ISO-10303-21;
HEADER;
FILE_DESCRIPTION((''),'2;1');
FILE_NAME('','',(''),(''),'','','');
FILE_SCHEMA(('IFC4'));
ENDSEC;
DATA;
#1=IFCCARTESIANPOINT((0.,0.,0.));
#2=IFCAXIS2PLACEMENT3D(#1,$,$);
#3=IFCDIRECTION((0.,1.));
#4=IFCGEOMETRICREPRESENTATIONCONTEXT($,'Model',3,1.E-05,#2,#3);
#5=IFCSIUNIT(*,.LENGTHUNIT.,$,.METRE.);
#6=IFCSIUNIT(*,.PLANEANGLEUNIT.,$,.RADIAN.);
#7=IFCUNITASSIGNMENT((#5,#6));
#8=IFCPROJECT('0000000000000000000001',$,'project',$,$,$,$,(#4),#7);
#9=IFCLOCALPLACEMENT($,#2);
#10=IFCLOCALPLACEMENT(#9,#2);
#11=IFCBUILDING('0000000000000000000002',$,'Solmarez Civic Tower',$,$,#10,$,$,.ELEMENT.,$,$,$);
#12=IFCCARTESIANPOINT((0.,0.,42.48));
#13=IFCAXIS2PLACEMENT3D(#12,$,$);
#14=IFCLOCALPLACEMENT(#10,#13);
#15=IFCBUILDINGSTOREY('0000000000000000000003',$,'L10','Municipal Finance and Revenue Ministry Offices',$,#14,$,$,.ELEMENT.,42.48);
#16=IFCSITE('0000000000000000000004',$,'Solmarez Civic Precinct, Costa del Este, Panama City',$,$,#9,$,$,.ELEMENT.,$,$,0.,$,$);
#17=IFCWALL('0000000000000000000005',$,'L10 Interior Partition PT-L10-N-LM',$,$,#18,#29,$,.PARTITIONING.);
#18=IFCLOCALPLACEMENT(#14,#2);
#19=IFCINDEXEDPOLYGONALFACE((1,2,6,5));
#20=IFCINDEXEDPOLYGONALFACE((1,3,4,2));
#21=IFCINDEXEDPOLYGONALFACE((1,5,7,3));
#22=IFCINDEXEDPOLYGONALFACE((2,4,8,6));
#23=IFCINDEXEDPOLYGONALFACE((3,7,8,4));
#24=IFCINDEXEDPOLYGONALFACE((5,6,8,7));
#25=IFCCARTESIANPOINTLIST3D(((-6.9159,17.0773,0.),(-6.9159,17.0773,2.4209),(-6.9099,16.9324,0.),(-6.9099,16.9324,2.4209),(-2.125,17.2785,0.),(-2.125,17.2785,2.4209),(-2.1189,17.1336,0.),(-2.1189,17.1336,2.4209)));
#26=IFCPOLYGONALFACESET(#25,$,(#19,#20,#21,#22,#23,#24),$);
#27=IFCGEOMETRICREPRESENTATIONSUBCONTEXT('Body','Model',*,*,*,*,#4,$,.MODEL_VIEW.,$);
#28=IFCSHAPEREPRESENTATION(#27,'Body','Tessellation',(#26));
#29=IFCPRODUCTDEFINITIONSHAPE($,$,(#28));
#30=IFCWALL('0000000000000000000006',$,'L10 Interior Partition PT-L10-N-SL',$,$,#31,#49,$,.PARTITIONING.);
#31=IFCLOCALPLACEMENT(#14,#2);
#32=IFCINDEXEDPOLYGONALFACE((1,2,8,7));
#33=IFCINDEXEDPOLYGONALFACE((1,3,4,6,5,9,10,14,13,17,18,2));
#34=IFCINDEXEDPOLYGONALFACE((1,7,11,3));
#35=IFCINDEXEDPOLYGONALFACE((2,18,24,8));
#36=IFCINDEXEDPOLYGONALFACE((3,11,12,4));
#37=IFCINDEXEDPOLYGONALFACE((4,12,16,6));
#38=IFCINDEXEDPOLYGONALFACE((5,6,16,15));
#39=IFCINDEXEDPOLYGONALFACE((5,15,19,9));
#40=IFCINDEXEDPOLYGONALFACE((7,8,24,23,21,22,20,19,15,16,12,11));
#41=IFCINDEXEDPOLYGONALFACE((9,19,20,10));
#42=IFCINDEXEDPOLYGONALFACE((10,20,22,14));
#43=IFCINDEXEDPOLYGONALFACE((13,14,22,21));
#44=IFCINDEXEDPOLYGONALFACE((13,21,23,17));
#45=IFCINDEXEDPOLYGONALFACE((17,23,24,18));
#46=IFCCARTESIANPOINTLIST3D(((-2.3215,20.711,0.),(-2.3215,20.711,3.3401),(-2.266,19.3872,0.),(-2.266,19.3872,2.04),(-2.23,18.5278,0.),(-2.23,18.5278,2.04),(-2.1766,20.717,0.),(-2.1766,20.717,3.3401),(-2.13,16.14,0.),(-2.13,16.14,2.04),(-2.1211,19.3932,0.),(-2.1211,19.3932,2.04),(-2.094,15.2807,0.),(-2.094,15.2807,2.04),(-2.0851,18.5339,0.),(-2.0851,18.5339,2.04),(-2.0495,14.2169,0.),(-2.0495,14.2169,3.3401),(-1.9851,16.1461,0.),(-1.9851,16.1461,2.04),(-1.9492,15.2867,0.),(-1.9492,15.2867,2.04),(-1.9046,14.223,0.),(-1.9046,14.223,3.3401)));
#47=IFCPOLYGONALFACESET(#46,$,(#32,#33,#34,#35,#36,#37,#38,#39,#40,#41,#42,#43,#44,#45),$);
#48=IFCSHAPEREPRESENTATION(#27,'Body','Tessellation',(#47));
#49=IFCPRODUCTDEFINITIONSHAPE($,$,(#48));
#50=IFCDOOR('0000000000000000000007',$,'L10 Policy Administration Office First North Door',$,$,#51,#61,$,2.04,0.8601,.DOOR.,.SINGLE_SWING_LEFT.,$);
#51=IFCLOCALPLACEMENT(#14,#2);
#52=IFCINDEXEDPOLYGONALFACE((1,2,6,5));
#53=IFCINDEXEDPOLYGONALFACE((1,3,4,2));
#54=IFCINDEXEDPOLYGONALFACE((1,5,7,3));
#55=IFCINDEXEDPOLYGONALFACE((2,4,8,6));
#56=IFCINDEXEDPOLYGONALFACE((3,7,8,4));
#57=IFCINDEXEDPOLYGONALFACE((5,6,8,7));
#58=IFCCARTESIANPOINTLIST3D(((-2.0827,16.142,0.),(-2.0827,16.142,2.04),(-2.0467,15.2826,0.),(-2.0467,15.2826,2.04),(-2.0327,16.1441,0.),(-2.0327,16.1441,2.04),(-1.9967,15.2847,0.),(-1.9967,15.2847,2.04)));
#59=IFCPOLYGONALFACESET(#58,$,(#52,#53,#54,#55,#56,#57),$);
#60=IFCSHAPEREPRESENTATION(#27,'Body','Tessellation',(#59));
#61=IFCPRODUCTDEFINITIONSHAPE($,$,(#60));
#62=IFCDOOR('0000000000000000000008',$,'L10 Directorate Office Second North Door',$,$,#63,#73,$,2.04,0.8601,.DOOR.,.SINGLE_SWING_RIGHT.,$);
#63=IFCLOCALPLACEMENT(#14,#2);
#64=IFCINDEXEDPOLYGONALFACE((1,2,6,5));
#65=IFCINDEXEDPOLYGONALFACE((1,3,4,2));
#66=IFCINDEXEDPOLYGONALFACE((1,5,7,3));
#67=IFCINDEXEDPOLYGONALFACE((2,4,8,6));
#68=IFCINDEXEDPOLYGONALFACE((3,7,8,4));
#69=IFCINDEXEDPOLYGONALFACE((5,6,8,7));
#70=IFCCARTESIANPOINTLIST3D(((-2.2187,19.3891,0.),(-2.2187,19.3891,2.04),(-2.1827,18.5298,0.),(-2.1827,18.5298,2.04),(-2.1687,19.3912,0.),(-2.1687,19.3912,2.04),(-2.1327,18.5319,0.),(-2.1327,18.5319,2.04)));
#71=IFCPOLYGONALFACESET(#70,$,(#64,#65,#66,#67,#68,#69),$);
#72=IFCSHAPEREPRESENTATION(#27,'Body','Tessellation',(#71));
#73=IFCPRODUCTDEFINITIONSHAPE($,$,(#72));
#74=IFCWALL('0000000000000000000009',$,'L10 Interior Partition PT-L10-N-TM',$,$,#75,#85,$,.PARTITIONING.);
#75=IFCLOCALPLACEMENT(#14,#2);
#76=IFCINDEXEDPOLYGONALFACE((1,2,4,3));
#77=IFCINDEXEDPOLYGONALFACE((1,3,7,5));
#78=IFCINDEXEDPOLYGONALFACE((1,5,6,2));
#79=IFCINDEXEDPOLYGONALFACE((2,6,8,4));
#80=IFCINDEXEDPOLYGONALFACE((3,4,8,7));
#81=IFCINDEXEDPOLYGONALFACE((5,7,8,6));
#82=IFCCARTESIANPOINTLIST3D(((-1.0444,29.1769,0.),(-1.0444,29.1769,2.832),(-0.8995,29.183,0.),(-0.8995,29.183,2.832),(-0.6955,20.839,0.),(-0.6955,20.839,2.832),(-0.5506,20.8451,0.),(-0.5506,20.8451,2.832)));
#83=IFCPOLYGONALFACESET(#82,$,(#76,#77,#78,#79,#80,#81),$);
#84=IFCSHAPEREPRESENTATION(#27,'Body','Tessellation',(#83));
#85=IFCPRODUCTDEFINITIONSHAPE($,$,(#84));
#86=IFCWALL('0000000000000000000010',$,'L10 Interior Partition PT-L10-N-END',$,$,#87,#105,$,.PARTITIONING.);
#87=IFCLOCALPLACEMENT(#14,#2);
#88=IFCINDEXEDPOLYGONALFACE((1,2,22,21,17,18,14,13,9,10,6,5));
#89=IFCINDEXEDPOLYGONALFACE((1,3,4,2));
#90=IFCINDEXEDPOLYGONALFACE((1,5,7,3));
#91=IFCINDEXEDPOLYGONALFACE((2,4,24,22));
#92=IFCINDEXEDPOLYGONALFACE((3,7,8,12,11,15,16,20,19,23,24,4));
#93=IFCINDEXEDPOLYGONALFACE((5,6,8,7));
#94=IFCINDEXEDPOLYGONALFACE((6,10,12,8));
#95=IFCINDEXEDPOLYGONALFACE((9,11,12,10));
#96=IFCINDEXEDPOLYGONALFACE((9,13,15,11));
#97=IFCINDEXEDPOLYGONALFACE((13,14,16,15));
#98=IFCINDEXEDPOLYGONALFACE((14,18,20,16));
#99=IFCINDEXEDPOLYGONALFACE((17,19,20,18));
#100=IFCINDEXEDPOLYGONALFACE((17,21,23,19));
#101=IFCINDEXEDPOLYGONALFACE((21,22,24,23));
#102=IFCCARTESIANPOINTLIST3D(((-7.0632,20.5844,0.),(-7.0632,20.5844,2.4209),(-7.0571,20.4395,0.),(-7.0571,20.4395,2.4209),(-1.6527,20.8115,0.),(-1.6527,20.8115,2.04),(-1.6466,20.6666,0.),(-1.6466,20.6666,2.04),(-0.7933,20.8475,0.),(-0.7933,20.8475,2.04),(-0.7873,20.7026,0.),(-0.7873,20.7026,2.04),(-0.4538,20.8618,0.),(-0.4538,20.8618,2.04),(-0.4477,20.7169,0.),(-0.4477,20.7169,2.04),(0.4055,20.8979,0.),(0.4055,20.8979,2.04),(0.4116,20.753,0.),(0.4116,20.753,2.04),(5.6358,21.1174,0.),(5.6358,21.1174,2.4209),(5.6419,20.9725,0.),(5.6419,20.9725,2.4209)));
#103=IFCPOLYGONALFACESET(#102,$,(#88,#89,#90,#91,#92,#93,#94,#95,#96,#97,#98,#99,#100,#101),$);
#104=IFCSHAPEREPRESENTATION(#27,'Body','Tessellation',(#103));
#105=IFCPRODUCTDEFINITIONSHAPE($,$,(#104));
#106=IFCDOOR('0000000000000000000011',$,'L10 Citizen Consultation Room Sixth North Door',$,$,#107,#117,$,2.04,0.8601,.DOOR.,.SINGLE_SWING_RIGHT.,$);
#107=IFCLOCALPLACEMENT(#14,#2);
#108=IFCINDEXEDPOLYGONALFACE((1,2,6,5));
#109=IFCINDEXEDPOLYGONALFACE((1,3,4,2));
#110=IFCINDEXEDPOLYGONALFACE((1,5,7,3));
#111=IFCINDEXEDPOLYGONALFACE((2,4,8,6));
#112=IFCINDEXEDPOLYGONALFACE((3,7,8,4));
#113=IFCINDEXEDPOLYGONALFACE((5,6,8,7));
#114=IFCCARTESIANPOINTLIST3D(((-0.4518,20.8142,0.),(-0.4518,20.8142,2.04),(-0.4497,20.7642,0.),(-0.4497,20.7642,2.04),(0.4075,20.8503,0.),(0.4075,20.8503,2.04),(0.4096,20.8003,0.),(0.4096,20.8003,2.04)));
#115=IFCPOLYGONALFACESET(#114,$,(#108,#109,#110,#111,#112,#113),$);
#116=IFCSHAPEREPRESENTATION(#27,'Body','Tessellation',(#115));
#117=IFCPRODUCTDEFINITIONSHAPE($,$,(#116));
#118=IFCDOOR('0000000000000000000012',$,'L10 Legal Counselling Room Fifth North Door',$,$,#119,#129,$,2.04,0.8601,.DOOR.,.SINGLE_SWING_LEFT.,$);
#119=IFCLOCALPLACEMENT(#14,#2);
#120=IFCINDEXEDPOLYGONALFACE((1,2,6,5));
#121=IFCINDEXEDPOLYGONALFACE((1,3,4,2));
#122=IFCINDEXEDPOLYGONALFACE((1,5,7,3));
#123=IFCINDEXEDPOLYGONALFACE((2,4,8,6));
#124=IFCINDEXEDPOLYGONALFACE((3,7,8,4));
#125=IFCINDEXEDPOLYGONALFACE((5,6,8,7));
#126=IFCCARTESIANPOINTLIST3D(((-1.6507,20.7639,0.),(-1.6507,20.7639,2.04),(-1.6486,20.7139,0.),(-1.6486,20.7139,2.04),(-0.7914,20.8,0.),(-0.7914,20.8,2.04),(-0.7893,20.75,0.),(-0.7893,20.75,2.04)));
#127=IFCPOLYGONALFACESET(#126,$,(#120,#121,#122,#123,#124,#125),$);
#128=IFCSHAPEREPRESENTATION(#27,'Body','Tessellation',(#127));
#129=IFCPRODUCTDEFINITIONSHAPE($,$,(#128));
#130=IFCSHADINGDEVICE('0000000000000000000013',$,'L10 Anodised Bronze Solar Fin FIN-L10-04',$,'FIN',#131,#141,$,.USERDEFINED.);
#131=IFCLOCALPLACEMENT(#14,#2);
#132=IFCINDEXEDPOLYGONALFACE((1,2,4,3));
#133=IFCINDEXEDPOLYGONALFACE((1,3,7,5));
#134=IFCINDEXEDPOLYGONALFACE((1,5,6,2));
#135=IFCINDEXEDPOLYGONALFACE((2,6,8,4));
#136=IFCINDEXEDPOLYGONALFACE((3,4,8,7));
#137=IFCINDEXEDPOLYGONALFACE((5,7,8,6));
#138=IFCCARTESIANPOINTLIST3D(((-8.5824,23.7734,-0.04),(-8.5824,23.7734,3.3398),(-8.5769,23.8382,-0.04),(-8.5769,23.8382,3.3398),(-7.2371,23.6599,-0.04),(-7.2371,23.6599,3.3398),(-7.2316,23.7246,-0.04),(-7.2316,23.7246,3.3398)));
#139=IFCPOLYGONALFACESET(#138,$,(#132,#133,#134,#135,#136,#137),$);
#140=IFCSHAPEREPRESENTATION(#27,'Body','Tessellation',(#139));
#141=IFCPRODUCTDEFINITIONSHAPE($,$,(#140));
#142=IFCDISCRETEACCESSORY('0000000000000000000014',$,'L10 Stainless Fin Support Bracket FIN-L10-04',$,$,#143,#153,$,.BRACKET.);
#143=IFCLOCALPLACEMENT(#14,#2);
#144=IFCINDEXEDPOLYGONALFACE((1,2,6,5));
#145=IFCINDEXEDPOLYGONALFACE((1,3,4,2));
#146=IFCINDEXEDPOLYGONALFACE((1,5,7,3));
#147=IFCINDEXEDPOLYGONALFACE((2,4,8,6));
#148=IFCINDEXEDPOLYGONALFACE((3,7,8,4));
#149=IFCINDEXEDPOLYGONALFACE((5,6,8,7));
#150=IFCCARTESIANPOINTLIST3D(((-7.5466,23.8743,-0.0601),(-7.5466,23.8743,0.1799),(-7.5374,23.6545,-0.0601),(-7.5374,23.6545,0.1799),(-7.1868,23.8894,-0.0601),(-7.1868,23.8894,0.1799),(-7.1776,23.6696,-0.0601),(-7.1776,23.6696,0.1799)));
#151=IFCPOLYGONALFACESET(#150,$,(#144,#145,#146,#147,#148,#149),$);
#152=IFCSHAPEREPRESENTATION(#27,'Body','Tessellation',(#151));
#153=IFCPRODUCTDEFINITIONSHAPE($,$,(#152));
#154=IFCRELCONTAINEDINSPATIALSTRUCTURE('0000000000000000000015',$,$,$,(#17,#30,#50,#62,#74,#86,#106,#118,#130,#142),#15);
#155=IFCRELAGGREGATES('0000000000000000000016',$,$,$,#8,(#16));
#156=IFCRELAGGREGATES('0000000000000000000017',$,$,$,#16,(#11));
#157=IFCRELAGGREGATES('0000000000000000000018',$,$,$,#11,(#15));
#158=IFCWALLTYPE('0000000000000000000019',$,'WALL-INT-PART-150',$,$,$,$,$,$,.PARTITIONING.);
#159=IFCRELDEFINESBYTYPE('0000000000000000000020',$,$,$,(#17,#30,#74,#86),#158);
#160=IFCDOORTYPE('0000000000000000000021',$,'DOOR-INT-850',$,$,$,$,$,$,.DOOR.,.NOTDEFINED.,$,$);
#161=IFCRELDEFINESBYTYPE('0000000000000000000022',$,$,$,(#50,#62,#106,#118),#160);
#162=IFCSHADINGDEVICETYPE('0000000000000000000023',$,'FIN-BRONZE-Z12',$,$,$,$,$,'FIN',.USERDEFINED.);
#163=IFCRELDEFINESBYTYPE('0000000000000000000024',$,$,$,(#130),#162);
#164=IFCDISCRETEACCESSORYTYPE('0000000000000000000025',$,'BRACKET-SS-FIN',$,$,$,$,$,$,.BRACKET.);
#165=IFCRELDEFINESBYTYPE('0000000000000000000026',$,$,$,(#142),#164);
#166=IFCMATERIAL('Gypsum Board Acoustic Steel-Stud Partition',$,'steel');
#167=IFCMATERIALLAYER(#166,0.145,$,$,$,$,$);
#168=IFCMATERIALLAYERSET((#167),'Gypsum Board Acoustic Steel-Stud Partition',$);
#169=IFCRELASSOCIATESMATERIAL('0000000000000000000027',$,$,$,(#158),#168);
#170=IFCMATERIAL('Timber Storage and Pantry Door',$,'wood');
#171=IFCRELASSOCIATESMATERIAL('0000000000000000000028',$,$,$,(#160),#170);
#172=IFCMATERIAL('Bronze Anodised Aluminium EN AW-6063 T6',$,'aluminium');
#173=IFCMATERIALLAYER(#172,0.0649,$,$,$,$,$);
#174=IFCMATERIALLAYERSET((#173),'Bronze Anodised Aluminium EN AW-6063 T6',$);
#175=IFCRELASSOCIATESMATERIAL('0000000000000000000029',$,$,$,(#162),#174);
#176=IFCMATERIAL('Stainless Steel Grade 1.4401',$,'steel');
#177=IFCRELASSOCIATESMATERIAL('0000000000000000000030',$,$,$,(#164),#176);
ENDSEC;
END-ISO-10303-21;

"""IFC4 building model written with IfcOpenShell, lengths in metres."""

from ifc_helpers import new_model, si_unit, direction, frame, frame_2d, origin, origin_2d, place, context, subcontext, project, spatial, rectangle, extrude, material, layer, layer_set, type_object, element, fill, save


model = new_model("IFC4")

# Units and contexts
model_context = context("Model", 3, precision=1e-05, world=origin(), true_north=direction((0.0, 1.0)))
body_context = subcontext(model_context, "Body", "Model", "MODEL_VIEW")
ifc_project = project(units=[si_unit("LENGTHUNIT", "METRE"), si_unit("PLANEANGLEUNIT", "RADIAN")], contexts=[model_context])

# Site, building, storey
site_placement = place(None, origin())
site = spatial("IfcSite", under=ifc_project, at=site_placement, Name="Solmarez Civic Precinct, Costa del Este, Panama City", CompositionType="ELEMENT", RefElevation=0.0)
building_placement = place(site_placement, origin())
building = spatial("IfcBuilding", under=site, at=building_placement, Name="Solmarez Civic Tower", CompositionType="ELEMENT")
storey_placement = place(building_placement, frame((0.0, 0.0, 42.48)))
storey = spatial("IfcBuildingStorey", under=building, at=storey_placement, Name="L10", Description="Municipal Finance and Revenue Ministry Offices", CompositionType="ELEMENT", Elevation=42.48)

# Wall
ifc_material_1 = material(Name="Gypsum Board Acoustic Steel-Stud Partition", Category="steel")
ifc_layer_1 = layer(ifc_material_1, 0.145)
ifc_layer_set_1 = layer_set([ifc_layer_1], Name="Gypsum Board Acoustic Steel-Stud Partition")
wall_type_1 = type_object("IfcWallType", Name="WALL-INT-PART-150", PredefinedType="PARTITIONING", material=ifc_layer_set_1)
wall_1_placement = place(storey_placement, frame((-2.1221, 17.2061, 0.0), z_axis=(0.0, 0.0, 1.0), x_axis=(-0.99912, -0.041952, 0.0)))
element("IfcWall", 1, at=wall_1_placement, inside=storey, type_object=wall_type_1, Name="L10 Interior Partition PT-L10-N-LM", PredefinedType="PARTITIONING", context=body_context, shape_type="SweptSolid", body=[
    extrude(rectangle(XDim=4.7952, YDim=0.145, at=frame_2d((2.3975, 0.0))), origin(), (0.0, 0.0, 1.0), 2.4209),
])

# Wall, openings, doors
wall_2_placement = place(storey_placement, frame((-2.249, 20.7141, 0.0), z_axis=(0.0, 0.0, 1.0), x_axis=(0.041843, -0.999124, 0.0)))
wall_2 = element("IfcWall", 2, at=wall_2_placement, inside=storey, type_object=wall_type_1, Name="L10 Interior Partition PT-L10-N-SL", PredefinedType="PARTITIONING", context=body_context, shape_type="SweptSolid", body=[
    extrude(rectangle(XDim=6.4998, YDim=0.145, at=frame_2d((3.25, 0.0))), origin(), (0.0, 0.0, 1.0), 3.3401),
])
opening_1_placement = place(wall_2_placement, frame((4.575, 0.0, 0.0)))
opening_1 = element("IfcOpeningElement", 3, at=opening_1_placement, cuts=wall_2, PredefinedType="OPENING", context=body_context, shape_type="SweptSolid", body=[
    extrude(rectangle(XDim=0.8601, YDim=2.04, at=frame_2d((0.4302, 1.02))), frame((0.0, 0.0825, 0.0), z_axis=(0.0, -1.0, 0.0), x_axis=(1.0, 0.0, 0.0)), (0.0, 0.0, 1.0), 0.165),
])
opening_2_placement = place(wall_2_placement, frame((1.325, 0.0, 0.0)))
opening_2 = element("IfcOpeningElement", 4, at=opening_2_placement, cuts=wall_2, PredefinedType="OPENING", context=body_context, shape_type="SweptSolid", body=[
    extrude(rectangle(XDim=0.8601, YDim=2.04, at=frame_2d((0.4302, 1.02))), frame((0.0, 0.0825, 0.0), z_axis=(0.0, -1.0, 0.0), x_axis=(1.0, 0.0, 0.0)), (0.0, 0.0, 1.0), 0.165),
])
ifc_material_2 = material(Name="Timber Storage and Pantry Door", Category="wood")
door_type = type_object("IfcDoorType", Name="DOOR-INT-850", OperationType="NOTDEFINED", PredefinedType="DOOR", material=ifc_material_2)
door_1_placement = place(opening_1_placement, origin())
door_1 = element("IfcDoor", 5, at=door_1_placement, inside=storey, type_object=door_type, Name="L10 Policy Administration Office First North Door", OperationType="SINGLE_SWING_LEFT", OverallHeight=2.04, OverallWidth=0.8601, PredefinedType="DOOR", context=body_context, shape_type="SweptSolid", body=[
    extrude(rectangle(XDim=0.8601, YDim=2.04, at=frame_2d((0.4302, 1.02))), frame((0.0, 0.0249, 0.0), z_axis=(0.0, -1.0, 0.0), x_axis=(1.0, 0.0, 0.0)), (0.0, 0.0, 1.0), 0.05),
])
fill(opening_1, door_1)
door_2_placement = place(opening_2_placement, origin())
door_2 = element("IfcDoor", 6, at=door_2_placement, inside=storey, type_object=door_type, Name="L10 Directorate Office Second North Door", OperationType="SINGLE_SWING_RIGHT", OverallHeight=2.04, OverallWidth=0.8601, PredefinedType="DOOR", context=body_context, shape_type="SweptSolid", body=[
    extrude(rectangle(XDim=0.8601, YDim=2.04, at=frame_2d((0.4302, 1.02))), frame((0.0, 0.0249, 0.0), z_axis=(0.0, -1.0, 0.0), x_axis=(1.0, 0.0, 0.0)), (0.0, 0.0, 1.0), 0.05),
])
fill(opening_2, door_2)

# Wall
wall_3_placement = place(storey_placement, frame((-0.623, 20.842, 0.0), z_axis=(0.0, 0.0, 1.0), x_axis=(-0.041806, 0.999126, 0.0)))
element("IfcWall", 7, at=wall_3_placement, inside=storey, type_object=wall_type_1, Name="L10 Interior Partition PT-L10-N-TM", PredefinedType="PARTITIONING", context=body_context, shape_type="SweptSolid", body=[
    extrude(rectangle(XDim=8.3452, YDim=0.145, at=frame_2d((4.1726, 0.0))), origin(), (0.0, 0.0, 1.0), 2.832),
])

# Wall, openings, doors
wall_4_placement = place(storey_placement, frame((-7.0601, 20.512, 0.0), z_axis=(0.0, 0.0, 1.0), x_axis=(0.99912, 0.041932, 0.0)))
wall_4 = element("IfcWall", 8, at=wall_4_placement, inside=storey, type_object=wall_type_1, Name="L10 Interior Partition PT-L10-N-END", PredefinedType="PARTITIONING", context=body_context, shape_type="SweptSolid", body=[
    extrude(rectangle(XDim=12.7102, YDim=0.145, at=frame_2d((6.355, 0.0))), origin(), (0.0, 0.0, 1.0), 2.4209),
])
opening_3_placement = place(wall_4_placement, frame((6.615, 0.0, 0.0)))
opening_3 = element("IfcOpeningElement", 9, at=opening_3_placement, cuts=wall_4, PredefinedType="OPENING", context=body_context, shape_type="SweptSolid", body=[
    extrude(rectangle(XDim=0.8601, YDim=2.04, at=frame_2d((0.4302, 1.02))), frame((0.0, 0.0825, 0.0), z_axis=(0.0, -1.0, 0.0), x_axis=(1.0, 0.0, 0.0)), (0.0, 0.0, 1.0), 0.165),
])
opening_4_placement = place(wall_4_placement, frame((5.415, 0.0, 0.0)))
opening_4 = element("IfcOpeningElement", 10, at=opening_4_placement, cuts=wall_4, PredefinedType="OPENING", context=body_context, shape_type="SweptSolid", body=[
    extrude(rectangle(XDim=0.8601, YDim=2.04, at=frame_2d((0.4302, 1.02))), frame((0.0, 0.0825, 0.0), z_axis=(0.0, -1.0, 0.0), x_axis=(1.0, 0.0, 0.0)), (0.0, 0.0, 1.0), 0.165),
])
door_3_placement = place(opening_3_placement, origin())
door_3 = element("IfcDoor", 11, at=door_3_placement, inside=storey, type_object=door_type, Name="L10 Citizen Consultation Room Sixth North Door", OperationType="SINGLE_SWING_RIGHT", OverallHeight=2.04, OverallWidth=0.8601, PredefinedType="DOOR", context=body_context, shape_type="SweptSolid", body=[
    extrude(rectangle(XDim=0.8601, YDim=2.04, at=frame_2d((0.4302, 1.02))), frame((0.0, 0.0249, 0.0), z_axis=(0.0, -1.0, 0.0), x_axis=(1.0, 0.0, 0.0)), (0.0, 0.0, 1.0), 0.05),
])
fill(opening_3, door_3)
door_4_placement = place(opening_4_placement, origin())
door_4 = element("IfcDoor", 12, at=door_4_placement, inside=storey, type_object=door_type, Name="L10 Legal Counselling Room Fifth North Door", OperationType="SINGLE_SWING_LEFT", OverallHeight=2.04, OverallWidth=0.8601, PredefinedType="DOOR", context=body_context, shape_type="SweptSolid", body=[
    extrude(rectangle(XDim=0.8601, YDim=2.04, at=frame_2d((0.4302, 1.02))), frame((0.0, 0.0249, 0.0), z_axis=(0.0, -1.0, 0.0), x_axis=(1.0, 0.0, 0.0)), (0.0, 0.0, 1.0), 0.05),
])
fill(opening_4, door_4)

# Shading device
ifc_material_3 = material(Name="Bronze Anodised Aluminium EN AW-6063 T6", Category="aluminium")
ifc_layer_2 = layer(ifc_material_3, 0.0649)
ifc_layer_set_2 = layer_set([ifc_layer_2], Name="Bronze Anodised Aluminium EN AW-6063 T6")
shading_device_type = type_object("IfcShadingDeviceType", Name="FIN-BRONZE-Z12", ElementType="FIN", PredefinedType="USERDEFINED", material=ifc_layer_set_2)
shading_device_placement = place(storey_placement, frame((-7.907, 23.749, -0.04), z_axis=(0.0, 0.0, 1.0), x_axis=(-0.996456, 0.084113, 0.0)))
element("IfcShadingDevice", 13, at=shading_device_placement, inside=storey, type_object=shading_device_type, Name="L10 Anodised Bronze Solar Fin FIN-L10-04", ObjectType="FIN", PredefinedType="USERDEFINED", context=body_context, shape_type="SweptSolid", body=[
    extrude(rectangle(XDim=1.3501, YDim=0.0649, at=origin_2d()), origin(), (0.0, 0.0, 1.0), 3.3799),
])

# Discrete accessory
ifc_material_4 = material(Name="Stainless Steel Grade 1.4401", Category="steel")
discrete_accessory_type = type_object("IfcDiscreteAccessoryType", Name="BRACKET-SS-FIN", PredefinedType="BRACKET", material=ifc_material_4)
discrete_accessory_placement = place(storey_placement, frame((-7.3621, 23.772, -0.0601), z_axis=(0.0, 0.0, 1.0), x_axis=(-0.999124, -0.041858, 0.0)))
element("IfcDiscreteAccessory", 14, at=discrete_accessory_placement, inside=storey, type_object=discrete_accessory_type, Name="L10 Stainless Fin Support Bracket FIN-L10-04", PredefinedType="BRACKET", context=body_context, shape_type="SweptSolid", body=[
    extrude(rectangle(XDim=0.3601, YDim=0.22, at=origin_2d()), origin(), (0.0, 0.0, 1.0), 0.24),
])

save(model, "model.ifc")
